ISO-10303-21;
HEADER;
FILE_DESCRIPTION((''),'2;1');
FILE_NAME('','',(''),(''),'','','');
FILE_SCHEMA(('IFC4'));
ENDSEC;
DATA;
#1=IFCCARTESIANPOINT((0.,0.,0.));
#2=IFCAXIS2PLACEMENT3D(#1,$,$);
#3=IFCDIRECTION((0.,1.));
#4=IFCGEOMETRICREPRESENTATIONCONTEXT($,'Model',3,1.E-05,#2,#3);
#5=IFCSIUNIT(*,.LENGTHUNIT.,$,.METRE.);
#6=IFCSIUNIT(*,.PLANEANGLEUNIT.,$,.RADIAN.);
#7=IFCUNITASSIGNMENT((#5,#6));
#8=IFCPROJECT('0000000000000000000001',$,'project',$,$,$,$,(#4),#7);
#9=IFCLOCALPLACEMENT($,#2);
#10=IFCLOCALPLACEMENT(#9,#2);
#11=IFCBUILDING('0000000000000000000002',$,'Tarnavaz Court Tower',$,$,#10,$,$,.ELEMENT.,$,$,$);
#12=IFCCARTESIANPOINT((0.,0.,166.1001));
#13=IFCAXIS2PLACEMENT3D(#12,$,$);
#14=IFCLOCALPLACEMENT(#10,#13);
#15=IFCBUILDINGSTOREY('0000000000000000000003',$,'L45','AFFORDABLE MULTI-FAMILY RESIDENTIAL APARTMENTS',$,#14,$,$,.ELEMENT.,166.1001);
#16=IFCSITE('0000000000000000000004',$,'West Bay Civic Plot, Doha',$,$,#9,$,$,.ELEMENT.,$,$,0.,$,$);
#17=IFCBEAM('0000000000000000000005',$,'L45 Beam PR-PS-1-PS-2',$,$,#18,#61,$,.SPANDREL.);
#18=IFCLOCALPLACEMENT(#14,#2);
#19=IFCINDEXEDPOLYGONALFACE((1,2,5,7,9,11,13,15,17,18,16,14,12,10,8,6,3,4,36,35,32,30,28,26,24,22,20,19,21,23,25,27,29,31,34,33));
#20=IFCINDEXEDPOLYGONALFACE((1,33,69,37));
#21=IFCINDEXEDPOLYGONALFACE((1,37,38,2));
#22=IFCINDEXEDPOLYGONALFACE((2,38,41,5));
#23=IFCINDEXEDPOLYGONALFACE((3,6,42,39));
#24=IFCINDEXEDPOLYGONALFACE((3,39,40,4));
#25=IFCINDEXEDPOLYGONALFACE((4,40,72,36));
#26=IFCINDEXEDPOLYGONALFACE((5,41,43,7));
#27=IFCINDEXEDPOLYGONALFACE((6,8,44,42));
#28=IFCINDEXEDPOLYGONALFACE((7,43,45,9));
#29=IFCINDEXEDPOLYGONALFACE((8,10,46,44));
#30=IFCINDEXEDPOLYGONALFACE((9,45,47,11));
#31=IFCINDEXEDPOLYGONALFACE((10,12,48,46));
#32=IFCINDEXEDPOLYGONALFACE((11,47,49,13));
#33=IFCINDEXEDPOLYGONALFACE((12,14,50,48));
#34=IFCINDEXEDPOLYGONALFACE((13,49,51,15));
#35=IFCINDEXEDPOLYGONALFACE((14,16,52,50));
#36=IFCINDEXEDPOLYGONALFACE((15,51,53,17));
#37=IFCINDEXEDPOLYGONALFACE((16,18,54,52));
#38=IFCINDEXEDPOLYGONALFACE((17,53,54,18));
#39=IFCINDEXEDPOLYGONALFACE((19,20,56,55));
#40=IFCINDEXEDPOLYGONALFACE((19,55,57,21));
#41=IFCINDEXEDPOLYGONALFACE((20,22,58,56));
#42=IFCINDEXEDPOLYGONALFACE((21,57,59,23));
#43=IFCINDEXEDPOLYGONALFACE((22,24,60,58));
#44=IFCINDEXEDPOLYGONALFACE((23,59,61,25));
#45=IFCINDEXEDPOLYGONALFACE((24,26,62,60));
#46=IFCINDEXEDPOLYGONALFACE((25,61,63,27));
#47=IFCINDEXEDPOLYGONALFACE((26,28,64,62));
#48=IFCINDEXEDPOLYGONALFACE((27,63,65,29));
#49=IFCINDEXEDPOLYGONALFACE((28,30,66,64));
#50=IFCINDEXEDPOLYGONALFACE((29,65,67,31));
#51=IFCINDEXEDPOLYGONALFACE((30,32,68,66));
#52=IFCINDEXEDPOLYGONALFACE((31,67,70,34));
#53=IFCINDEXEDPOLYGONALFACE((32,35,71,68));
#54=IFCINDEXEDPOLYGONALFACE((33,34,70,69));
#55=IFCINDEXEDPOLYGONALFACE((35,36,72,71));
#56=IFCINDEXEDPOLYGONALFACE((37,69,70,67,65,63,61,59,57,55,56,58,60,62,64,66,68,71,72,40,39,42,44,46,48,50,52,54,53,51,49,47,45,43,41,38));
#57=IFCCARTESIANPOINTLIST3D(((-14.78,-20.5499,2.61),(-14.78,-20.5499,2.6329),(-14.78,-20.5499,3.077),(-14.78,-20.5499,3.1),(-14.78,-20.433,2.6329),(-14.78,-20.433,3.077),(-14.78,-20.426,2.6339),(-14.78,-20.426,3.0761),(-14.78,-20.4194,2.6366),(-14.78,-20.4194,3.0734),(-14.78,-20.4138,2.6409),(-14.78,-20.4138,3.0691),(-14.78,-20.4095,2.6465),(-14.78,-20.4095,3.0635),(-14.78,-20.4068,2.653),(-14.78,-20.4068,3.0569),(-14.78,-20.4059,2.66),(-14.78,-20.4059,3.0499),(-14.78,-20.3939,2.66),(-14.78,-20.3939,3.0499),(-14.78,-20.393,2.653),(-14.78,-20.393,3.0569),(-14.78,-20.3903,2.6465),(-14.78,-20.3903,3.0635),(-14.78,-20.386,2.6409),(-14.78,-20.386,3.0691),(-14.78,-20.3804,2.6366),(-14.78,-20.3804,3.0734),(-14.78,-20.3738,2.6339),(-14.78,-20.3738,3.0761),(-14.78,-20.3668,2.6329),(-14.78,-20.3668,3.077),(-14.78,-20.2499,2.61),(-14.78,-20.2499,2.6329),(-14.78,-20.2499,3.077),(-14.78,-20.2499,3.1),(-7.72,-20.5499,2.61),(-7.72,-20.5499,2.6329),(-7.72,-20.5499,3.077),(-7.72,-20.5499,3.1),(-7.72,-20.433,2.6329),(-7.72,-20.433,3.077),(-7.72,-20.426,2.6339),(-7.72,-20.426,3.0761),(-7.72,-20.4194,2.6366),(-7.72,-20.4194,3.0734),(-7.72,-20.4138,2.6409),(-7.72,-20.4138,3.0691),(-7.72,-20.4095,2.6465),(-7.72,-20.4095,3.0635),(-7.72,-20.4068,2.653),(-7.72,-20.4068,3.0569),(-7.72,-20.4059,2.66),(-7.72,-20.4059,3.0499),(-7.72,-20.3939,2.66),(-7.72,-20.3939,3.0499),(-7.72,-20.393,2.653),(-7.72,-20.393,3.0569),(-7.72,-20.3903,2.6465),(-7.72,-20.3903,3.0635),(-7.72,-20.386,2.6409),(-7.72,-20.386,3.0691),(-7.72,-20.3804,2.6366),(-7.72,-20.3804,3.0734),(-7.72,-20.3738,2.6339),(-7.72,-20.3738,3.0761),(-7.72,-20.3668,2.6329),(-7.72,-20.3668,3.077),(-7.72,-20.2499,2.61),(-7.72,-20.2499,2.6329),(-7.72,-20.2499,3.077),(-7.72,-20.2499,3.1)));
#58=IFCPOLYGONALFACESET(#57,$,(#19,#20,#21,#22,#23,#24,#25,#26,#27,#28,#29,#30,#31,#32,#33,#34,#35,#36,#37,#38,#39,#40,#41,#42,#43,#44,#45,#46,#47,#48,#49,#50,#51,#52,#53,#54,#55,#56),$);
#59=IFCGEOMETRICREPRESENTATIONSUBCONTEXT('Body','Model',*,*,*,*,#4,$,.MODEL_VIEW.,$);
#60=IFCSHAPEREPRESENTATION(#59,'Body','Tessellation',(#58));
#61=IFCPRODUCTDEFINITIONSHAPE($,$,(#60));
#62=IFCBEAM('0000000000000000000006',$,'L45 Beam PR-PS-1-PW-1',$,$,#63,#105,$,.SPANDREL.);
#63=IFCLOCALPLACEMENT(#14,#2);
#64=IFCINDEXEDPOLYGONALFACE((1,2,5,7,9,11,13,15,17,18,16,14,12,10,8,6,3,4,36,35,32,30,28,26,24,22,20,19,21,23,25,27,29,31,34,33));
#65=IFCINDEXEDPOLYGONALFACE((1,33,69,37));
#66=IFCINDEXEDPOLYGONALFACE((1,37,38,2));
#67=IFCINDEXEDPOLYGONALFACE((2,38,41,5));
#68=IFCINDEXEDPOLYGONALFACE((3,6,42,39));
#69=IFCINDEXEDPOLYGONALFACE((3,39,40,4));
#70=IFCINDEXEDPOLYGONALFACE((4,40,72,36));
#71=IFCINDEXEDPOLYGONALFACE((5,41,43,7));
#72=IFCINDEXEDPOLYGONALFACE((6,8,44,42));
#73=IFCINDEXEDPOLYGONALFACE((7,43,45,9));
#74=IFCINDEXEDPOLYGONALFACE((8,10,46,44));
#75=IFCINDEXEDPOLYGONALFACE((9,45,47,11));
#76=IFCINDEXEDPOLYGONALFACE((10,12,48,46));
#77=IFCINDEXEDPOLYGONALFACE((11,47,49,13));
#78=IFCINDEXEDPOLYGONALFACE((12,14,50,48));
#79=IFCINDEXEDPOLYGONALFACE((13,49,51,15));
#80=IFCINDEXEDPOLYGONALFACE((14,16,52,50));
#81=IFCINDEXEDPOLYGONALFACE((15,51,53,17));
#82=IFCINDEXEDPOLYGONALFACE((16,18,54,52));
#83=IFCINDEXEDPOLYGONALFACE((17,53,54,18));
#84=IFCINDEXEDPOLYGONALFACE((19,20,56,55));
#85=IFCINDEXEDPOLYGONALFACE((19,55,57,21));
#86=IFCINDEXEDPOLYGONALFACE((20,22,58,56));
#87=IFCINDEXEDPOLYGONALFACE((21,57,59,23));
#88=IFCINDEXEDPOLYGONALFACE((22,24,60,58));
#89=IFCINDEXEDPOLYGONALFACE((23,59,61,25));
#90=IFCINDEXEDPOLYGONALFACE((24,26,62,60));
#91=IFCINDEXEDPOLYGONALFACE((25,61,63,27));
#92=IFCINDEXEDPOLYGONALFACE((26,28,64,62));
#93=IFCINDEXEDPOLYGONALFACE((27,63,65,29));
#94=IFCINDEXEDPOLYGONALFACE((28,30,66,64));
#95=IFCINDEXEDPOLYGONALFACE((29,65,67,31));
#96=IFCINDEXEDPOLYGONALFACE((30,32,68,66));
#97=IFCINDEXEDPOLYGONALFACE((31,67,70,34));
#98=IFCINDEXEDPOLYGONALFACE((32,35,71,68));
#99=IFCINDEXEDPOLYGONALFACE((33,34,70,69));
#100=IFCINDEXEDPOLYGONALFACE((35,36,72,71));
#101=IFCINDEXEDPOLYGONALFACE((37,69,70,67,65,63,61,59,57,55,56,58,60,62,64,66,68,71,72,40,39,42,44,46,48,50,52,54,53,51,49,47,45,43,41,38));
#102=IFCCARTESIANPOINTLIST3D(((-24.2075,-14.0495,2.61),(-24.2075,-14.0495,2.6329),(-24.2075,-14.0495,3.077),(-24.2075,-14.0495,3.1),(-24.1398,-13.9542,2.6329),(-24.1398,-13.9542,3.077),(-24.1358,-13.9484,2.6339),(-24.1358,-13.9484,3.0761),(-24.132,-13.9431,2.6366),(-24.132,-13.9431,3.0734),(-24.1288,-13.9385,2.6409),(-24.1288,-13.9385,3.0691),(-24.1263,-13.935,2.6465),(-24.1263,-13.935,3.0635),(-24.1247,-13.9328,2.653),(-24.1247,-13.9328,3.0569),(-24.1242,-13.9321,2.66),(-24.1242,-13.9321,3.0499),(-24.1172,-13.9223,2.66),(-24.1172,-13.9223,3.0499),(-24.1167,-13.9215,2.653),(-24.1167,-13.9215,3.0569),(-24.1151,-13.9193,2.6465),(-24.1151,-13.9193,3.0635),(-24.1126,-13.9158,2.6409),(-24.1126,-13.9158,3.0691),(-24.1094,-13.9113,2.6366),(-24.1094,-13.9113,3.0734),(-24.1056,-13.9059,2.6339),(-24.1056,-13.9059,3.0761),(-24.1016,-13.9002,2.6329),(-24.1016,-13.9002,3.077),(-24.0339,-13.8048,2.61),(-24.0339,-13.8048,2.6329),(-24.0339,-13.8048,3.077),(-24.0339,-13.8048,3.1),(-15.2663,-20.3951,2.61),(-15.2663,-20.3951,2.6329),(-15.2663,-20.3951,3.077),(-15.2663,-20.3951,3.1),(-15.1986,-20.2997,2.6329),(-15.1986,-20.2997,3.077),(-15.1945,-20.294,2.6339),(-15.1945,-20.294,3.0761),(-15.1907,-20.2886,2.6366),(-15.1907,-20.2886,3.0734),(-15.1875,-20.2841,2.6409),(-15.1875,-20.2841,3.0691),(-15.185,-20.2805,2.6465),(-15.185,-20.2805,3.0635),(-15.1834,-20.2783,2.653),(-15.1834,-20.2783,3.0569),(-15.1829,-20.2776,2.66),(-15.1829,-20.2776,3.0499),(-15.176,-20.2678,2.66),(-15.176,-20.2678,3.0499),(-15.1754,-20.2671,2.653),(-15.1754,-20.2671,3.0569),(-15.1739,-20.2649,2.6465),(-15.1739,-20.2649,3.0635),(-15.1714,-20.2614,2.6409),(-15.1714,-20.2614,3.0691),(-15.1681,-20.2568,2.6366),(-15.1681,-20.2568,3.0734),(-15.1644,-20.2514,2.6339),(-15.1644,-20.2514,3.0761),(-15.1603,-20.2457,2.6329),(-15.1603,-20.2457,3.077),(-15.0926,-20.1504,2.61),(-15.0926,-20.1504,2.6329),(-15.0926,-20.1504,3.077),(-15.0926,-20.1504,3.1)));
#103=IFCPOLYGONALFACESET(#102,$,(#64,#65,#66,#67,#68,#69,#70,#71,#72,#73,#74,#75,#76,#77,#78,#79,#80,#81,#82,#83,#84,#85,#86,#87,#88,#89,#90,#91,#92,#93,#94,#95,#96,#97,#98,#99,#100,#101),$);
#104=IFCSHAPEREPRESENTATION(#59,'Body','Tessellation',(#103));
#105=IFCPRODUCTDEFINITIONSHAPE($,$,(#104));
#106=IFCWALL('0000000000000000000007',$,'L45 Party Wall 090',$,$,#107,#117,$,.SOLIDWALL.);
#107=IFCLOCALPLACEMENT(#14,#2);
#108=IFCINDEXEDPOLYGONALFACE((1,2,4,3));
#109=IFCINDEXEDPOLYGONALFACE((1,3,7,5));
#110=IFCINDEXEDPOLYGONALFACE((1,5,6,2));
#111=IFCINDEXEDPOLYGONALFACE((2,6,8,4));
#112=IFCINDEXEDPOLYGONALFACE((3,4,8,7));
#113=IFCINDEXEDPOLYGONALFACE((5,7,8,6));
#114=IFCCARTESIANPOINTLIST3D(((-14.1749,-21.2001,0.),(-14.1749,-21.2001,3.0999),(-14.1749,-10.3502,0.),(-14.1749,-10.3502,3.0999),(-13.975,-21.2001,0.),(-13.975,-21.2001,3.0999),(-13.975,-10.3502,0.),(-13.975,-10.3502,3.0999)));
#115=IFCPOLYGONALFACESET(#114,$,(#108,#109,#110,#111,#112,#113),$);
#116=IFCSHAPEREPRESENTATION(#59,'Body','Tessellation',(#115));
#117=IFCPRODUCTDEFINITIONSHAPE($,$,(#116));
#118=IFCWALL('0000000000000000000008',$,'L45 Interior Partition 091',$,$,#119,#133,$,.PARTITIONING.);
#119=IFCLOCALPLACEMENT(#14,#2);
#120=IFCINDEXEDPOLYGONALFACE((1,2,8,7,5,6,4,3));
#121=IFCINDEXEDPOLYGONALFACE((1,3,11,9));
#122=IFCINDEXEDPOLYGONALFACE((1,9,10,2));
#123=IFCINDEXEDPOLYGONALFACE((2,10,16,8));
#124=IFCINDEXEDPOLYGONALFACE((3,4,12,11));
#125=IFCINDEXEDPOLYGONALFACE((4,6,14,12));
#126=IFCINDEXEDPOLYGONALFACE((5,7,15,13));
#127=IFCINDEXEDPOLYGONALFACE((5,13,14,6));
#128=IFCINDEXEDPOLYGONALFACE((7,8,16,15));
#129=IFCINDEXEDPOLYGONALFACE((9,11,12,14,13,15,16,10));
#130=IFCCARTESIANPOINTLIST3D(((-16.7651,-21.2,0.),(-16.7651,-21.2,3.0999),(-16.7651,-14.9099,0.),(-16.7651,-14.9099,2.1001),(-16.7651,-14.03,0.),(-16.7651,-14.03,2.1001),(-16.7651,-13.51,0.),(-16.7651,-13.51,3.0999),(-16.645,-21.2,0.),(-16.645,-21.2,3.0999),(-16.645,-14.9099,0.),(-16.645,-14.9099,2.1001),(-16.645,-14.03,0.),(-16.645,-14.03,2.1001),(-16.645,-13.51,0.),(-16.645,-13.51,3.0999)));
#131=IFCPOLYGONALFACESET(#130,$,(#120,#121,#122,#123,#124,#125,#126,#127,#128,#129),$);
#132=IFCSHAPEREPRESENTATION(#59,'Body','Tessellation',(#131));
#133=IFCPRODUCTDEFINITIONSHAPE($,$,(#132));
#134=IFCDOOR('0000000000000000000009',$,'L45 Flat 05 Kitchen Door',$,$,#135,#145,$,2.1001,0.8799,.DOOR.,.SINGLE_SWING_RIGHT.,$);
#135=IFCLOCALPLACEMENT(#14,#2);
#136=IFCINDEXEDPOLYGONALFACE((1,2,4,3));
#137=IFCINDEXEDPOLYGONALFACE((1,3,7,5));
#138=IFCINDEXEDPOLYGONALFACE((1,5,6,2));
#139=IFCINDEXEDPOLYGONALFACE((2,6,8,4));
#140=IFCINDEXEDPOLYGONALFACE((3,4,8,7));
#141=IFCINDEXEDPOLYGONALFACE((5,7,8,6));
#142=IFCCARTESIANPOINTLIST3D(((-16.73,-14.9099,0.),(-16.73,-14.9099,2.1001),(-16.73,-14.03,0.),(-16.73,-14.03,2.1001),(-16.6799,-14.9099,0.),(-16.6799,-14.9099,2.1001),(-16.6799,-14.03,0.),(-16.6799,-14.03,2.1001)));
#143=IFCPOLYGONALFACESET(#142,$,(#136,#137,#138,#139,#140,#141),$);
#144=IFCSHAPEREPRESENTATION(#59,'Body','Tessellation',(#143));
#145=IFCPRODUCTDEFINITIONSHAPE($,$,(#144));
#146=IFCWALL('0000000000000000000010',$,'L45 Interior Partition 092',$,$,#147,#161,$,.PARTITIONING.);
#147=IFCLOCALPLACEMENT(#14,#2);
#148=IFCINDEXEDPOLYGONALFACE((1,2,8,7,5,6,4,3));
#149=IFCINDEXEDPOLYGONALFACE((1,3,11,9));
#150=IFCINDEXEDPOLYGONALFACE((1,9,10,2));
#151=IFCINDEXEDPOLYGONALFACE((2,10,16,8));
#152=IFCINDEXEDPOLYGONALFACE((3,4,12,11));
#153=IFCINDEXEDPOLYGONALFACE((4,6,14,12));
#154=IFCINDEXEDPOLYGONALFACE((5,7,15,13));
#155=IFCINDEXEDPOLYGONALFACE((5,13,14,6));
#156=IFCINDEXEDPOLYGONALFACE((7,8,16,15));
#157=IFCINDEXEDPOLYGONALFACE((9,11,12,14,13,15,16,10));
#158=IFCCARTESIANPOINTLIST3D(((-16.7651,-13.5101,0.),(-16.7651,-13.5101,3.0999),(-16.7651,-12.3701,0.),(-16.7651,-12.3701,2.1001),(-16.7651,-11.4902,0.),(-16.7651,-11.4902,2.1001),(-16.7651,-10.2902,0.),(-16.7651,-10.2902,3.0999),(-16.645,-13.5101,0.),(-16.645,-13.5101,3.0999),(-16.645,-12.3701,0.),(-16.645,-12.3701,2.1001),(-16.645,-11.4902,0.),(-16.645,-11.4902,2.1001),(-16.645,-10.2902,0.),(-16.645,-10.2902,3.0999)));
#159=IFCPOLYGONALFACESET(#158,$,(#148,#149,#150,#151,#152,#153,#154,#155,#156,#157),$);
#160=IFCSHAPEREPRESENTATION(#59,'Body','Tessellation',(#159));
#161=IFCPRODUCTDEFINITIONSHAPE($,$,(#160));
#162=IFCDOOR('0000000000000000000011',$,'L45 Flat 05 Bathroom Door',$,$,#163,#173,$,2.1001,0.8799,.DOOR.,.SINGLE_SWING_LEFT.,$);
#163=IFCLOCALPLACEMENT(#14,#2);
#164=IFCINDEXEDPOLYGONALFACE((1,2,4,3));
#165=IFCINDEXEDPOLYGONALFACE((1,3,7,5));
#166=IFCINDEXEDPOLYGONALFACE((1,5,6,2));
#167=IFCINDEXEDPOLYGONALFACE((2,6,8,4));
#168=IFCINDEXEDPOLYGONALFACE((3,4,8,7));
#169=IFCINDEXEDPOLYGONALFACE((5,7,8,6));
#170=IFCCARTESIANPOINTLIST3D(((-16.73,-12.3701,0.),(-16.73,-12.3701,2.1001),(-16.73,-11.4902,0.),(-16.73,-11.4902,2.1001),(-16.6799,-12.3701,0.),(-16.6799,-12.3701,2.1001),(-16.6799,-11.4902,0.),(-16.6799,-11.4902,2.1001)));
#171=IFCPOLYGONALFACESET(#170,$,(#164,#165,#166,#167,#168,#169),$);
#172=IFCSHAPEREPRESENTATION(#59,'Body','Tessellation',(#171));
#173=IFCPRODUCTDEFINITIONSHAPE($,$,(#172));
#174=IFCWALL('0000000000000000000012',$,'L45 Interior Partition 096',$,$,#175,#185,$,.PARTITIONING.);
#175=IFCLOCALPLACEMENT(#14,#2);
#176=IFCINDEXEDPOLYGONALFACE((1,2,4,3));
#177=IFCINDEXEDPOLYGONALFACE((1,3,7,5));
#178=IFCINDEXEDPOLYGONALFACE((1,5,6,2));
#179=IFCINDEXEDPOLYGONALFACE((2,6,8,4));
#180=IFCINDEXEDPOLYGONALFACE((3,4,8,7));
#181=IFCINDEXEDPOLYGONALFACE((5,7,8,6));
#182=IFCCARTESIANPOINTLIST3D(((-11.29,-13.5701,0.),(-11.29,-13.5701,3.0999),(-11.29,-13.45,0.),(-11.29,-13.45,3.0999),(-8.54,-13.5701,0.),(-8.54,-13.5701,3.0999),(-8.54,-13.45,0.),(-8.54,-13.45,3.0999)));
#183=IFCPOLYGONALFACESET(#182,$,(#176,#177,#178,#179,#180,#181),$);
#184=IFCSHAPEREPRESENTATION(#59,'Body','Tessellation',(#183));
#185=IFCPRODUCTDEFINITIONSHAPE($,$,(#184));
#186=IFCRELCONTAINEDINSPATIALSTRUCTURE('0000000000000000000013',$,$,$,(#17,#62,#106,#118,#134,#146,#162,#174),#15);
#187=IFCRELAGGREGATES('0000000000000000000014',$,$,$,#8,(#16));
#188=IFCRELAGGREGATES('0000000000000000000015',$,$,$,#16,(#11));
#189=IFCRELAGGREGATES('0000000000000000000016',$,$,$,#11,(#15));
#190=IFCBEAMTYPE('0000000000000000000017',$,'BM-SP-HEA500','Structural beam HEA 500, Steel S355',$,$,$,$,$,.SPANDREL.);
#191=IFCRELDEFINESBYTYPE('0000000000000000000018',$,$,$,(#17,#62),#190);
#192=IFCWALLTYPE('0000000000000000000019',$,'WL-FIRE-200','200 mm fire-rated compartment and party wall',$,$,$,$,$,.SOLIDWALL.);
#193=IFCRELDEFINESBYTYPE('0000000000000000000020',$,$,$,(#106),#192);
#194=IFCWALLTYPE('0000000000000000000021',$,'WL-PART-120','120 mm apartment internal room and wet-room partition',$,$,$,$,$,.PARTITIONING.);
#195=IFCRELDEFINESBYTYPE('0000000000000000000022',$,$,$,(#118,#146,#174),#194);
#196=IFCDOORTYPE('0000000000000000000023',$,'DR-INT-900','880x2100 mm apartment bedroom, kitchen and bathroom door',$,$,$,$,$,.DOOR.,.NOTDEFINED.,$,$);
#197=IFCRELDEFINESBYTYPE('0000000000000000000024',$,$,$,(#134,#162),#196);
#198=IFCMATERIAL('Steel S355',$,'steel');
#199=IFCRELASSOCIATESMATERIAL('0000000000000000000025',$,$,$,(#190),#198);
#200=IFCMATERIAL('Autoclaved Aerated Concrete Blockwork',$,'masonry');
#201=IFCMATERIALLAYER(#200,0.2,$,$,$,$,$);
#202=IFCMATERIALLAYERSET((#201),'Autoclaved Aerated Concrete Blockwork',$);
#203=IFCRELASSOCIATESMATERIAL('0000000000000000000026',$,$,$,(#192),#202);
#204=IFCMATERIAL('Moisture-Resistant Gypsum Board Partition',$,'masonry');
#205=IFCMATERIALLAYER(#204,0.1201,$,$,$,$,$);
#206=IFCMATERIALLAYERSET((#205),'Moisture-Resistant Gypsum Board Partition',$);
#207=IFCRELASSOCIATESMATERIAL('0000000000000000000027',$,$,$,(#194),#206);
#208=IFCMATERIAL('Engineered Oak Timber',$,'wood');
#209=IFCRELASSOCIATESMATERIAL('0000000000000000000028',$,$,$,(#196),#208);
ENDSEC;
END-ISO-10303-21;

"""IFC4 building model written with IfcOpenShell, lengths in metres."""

from ifc_helpers import new_model, si_unit, direction, frame, frame_2d, origin, origin_2d, place, context, subcontext, project, spatial, rectangle, i_section, extrude, material, layer, layer_set, material_profile, profile_set, type_object, element, fill, save


model = new_model("IFC4")

# Units and contexts
model_context = context("Model", 3, precision=1e-05, world=origin(), true_north=direction((0.0, 1.0)))
body_context = subcontext(model_context, "Body", "Model", "MODEL_VIEW")
ifc_project = project(units=[si_unit("LENGTHUNIT", "METRE"), si_unit("PLANEANGLEUNIT", "RADIAN")], contexts=[model_context])

# Site, building, storey
site_placement = place(None, origin())
site = spatial("IfcSite", under=ifc_project, at=site_placement, Name="West Bay Civic Plot, Doha", CompositionType="ELEMENT", RefElevation=0.0)
building_placement = place(site_placement, origin())
building = spatial("IfcBuilding", under=site, at=building_placement, Name="Tarnavaz Court Tower", CompositionType="ELEMENT")
storey_placement = place(building_placement, frame((0.0, 0.0, 166.1001)))
storey = spatial("IfcBuildingStorey", under=building, at=storey_placement, Name="L45", Description="AFFORDABLE MULTI-FAMILY RESIDENTIAL APARTMENTS", CompositionType="ELEMENT", Elevation=166.1001)

# Beams
ifc_material_1 = material(Name="Steel S355", Category="steel")
ifc_material_profile_1 = material_profile(ifc_material_1, i_section(OverallWidth=0.3, OverallDepth=0.49, WebThickness=0.012, FlangeThickness=0.0229, FilletRadius=0.0271, at=origin_2d()), Name="HEA 500")
ifc_profile_set_1 = profile_set([ifc_material_profile_1], Name="Steel S355")
beam_type_1 = type_object("IfcBeamType", Name="BM-SP-HEA500", Description="Structural beam HEA 500, Steel S355", PredefinedType="SPANDREL", material=ifc_profile_set_1)
beam_1_placement = place(storey_placement, frame((-14.78, -20.3999, 2.855), z_axis=(1.0, 0.0, 0.0), x_axis=(0.0, 1.0, 0.0)))
element("IfcBeam", 1, at=beam_1_placement, inside=storey, type_object=beam_type_1, Name="L45 Beam PR-PS-1-PS-2", PredefinedType="SPANDREL", context=body_context, shape_type="SweptSolid", body=[
    extrude(i_section(OverallWidth=0.3, OverallDepth=0.49, WebThickness=0.012, FlangeThickness=0.0229, FilletRadius=0.0271, at=origin_2d()), origin(), (0.0, 0.0, 1.0), 7.0601),
])
beam_2_placement = place(storey_placement, frame((-15.1794, -20.2727, 2.855), z_axis=(-0.815502, 0.578754, 0.0), x_axis=(-0.578754, -0.815502, 0.0)))
element("IfcBeam", 2, at=beam_2_placement, inside=storey, type_object=beam_type_1, Name="L45 Beam PR-PS-1-PW-1", PredefinedType="SPANDREL", context=body_context, shape_type="SweptSolid", body=[
    extrude(i_section(OverallWidth=0.3, OverallDepth=0.49, WebThickness=0.012, FlangeThickness=0.0229, FilletRadius=0.0271, at=origin_2d()), origin(), (0.0, 0.0, 1.0), 10.9641),
])

# Wall
ifc_material_2 = material(Name="Autoclaved Aerated Concrete Blockwork", Category="masonry")
ifc_layer_1 = layer(ifc_material_2, 0.2)
ifc_layer_set_1 = layer_set([ifc_layer_1], Name="Autoclaved Aerated Concrete Blockwork")
wall_type_1 = type_object("IfcWallType", Name="WL-FIRE-200", Description="200 mm fire-rated compartment and party wall", PredefinedType="SOLIDWALL", material=ifc_layer_set_1)
wall_1_placement = place(storey_placement, frame((-14.075, -21.2, 0.0), z_axis=(0.0, 0.0, 1.0), x_axis=(0.0, 1.0, 0.0)))
element("IfcWall", 3, at=wall_1_placement, inside=storey, type_object=wall_type_1, Name="L45 Party Wall 090", PredefinedType="SOLIDWALL", context=body_context, shape_type="SweptSolid", body=[
    extrude(rectangle(XDim=10.8499, YDim=0.2, at=frame_2d((5.4248, 0.0))), origin(), (0.0, 0.0, 1.0), 3.0999),
])

# Walls, openings, doors
ifc_material_3 = material(Name="Moisture-Resistant Gypsum Board Partition", Category="masonry")
ifc_layer_2 = layer(ifc_material_3, 0.1201)
ifc_layer_set_2 = layer_set([ifc_layer_2], Name="Moisture-Resistant Gypsum Board Partition")
wall_type_2 = type_object("IfcWallType", Name="WL-PART-120", Description="120 mm apartment internal room and wet-room partition", PredefinedType="PARTITIONING", material=ifc_layer_set_2)
wall_2_placement = place(storey_placement, frame((-16.7051, -21.2, 0.0), z_axis=(0.0, 0.0, 1.0), x_axis=(0.0, 1.0, 0.0)))
wall_2 = element("IfcWall", 4, at=wall_2_placement, inside=storey, type_object=wall_type_2, Name="L45 Interior Partition 091", PredefinedType="PARTITIONING", context=body_context, shape_type="SweptSolid", body=[
    extrude(rectangle(XDim=7.6899, YDim=0.1201, at=frame_2d((3.845, 0.0))), origin(), (0.0, 0.0, 1.0), 3.0999),
])
opening_1_placement = place(wall_2_placement, frame((6.29, 0.0, 0.0)))
opening_1 = element("IfcOpeningElement", 5, at=opening_1_placement, cuts=wall_2, PredefinedType="OPENING", context=body_context, shape_type="SweptSolid", body=[
    extrude(rectangle(XDim=0.8799, YDim=2.1001, at=frame_2d((0.4399, 1.05))), frame((0.0, 0.0701, 0.0), z_axis=(0.0, -1.0, 0.0), x_axis=(1.0, 0.0, 0.0)), (0.0, 0.0, 1.0), 0.1401),
])
ifc_material_4 = material(Name="Engineered Oak Timber", Category="wood")
door_type = type_object("IfcDoorType", Name="DR-INT-900", Description="880x2100 mm apartment bedroom, kitchen and bathroom door", OperationType="NOTDEFINED", PredefinedType="DOOR", material=ifc_material_4)
door_1_placement = place(opening_1_placement, origin())
door_1 = element("IfcDoor", 6, at=door_1_placement, inside=storey, type_object=door_type, Name="L45 Flat 05 Kitchen Door", OperationType="SINGLE_SWING_RIGHT", OverallHeight=2.1001, OverallWidth=0.8799, PredefinedType="DOOR", context=body_context, shape_type="SweptSolid", body=[
    extrude(rectangle(XDim=0.8799, YDim=2.1001, at=frame_2d((0.4399, 1.05))), frame((0.0, 0.0249, 0.0), z_axis=(0.0, -1.0, 0.0), x_axis=(1.0, 0.0, 0.0)), (0.0, 0.0, 1.0), 0.05),
])
fill(opening_1, door_1)
wall_3_placement = place(storey_placement, frame((-16.7051, -13.51, 0.0), z_axis=(0.0, 0.0, 1.0), x_axis=(0.0, 1.0, 0.0)))
wall_3 = element("IfcWall", 7, at=wall_3_placement, inside=storey, type_object=wall_type_2, Name="L45 Interior Partition 092", PredefinedType="PARTITIONING", context=body_context, shape_type="SweptSolid", body=[
    extrude(rectangle(XDim=3.22, YDim=0.1201, at=frame_2d((1.6099, 0.0))), origin(), (0.0, 0.0, 1.0), 3.0999),
])
opening_2_placement = place(wall_3_placement, frame((1.1399, 0.0, 0.0)))
opening_2 = element("IfcOpeningElement", 8, at=opening_2_placement, cuts=wall_3, PredefinedType="OPENING", context=body_context, shape_type="SweptSolid", body=[
    extrude(rectangle(XDim=0.8799, YDim=2.1001, at=frame_2d((0.4399, 1.05))), frame((0.0, 0.0701, 0.0), z_axis=(0.0, -1.0, 0.0), x_axis=(1.0, 0.0, 0.0)), (0.0, 0.0, 1.0), 0.1401),
])
door_2_placement = place(opening_2_placement, origin())
door_2 = element("IfcDoor", 9, at=door_2_placement, inside=storey, type_object=door_type, Name="L45 Flat 05 Bathroom Door", OperationType="SINGLE_SWING_LEFT", OverallHeight=2.1001, OverallWidth=0.8799, PredefinedType="DOOR", context=body_context, shape_type="SweptSolid", body=[
    extrude(rectangle(XDim=0.8799, YDim=2.1001, at=frame_2d((0.4399, 1.05))), frame((0.0, 0.0249, 0.0), z_axis=(0.0, -1.0, 0.0), x_axis=(1.0, 0.0, 0.0)), (0.0, 0.0, 1.0), 0.05),
])
fill(opening_2, door_2)

# Wall
wall_4_placement = place(storey_placement, frame((-11.29, -13.51, 0.0), z_axis=(0.0, 0.0, 1.0), x_axis=(1.0, 0.0, 0.0)))
element("IfcWall", 10, at=wall_4_placement, inside=storey, type_object=wall_type_2, Name="L45 Interior Partition 096", PredefinedType="PARTITIONING", context=body_context, shape_type="SweptSolid", body=[
    extrude(rectangle(XDim=2.75, YDim=0.1201, at=frame_2d((1.375, 0.0))), origin(), (0.0, 0.0, 1.0), 3.0999),
])

save(model, "model.ifc")
